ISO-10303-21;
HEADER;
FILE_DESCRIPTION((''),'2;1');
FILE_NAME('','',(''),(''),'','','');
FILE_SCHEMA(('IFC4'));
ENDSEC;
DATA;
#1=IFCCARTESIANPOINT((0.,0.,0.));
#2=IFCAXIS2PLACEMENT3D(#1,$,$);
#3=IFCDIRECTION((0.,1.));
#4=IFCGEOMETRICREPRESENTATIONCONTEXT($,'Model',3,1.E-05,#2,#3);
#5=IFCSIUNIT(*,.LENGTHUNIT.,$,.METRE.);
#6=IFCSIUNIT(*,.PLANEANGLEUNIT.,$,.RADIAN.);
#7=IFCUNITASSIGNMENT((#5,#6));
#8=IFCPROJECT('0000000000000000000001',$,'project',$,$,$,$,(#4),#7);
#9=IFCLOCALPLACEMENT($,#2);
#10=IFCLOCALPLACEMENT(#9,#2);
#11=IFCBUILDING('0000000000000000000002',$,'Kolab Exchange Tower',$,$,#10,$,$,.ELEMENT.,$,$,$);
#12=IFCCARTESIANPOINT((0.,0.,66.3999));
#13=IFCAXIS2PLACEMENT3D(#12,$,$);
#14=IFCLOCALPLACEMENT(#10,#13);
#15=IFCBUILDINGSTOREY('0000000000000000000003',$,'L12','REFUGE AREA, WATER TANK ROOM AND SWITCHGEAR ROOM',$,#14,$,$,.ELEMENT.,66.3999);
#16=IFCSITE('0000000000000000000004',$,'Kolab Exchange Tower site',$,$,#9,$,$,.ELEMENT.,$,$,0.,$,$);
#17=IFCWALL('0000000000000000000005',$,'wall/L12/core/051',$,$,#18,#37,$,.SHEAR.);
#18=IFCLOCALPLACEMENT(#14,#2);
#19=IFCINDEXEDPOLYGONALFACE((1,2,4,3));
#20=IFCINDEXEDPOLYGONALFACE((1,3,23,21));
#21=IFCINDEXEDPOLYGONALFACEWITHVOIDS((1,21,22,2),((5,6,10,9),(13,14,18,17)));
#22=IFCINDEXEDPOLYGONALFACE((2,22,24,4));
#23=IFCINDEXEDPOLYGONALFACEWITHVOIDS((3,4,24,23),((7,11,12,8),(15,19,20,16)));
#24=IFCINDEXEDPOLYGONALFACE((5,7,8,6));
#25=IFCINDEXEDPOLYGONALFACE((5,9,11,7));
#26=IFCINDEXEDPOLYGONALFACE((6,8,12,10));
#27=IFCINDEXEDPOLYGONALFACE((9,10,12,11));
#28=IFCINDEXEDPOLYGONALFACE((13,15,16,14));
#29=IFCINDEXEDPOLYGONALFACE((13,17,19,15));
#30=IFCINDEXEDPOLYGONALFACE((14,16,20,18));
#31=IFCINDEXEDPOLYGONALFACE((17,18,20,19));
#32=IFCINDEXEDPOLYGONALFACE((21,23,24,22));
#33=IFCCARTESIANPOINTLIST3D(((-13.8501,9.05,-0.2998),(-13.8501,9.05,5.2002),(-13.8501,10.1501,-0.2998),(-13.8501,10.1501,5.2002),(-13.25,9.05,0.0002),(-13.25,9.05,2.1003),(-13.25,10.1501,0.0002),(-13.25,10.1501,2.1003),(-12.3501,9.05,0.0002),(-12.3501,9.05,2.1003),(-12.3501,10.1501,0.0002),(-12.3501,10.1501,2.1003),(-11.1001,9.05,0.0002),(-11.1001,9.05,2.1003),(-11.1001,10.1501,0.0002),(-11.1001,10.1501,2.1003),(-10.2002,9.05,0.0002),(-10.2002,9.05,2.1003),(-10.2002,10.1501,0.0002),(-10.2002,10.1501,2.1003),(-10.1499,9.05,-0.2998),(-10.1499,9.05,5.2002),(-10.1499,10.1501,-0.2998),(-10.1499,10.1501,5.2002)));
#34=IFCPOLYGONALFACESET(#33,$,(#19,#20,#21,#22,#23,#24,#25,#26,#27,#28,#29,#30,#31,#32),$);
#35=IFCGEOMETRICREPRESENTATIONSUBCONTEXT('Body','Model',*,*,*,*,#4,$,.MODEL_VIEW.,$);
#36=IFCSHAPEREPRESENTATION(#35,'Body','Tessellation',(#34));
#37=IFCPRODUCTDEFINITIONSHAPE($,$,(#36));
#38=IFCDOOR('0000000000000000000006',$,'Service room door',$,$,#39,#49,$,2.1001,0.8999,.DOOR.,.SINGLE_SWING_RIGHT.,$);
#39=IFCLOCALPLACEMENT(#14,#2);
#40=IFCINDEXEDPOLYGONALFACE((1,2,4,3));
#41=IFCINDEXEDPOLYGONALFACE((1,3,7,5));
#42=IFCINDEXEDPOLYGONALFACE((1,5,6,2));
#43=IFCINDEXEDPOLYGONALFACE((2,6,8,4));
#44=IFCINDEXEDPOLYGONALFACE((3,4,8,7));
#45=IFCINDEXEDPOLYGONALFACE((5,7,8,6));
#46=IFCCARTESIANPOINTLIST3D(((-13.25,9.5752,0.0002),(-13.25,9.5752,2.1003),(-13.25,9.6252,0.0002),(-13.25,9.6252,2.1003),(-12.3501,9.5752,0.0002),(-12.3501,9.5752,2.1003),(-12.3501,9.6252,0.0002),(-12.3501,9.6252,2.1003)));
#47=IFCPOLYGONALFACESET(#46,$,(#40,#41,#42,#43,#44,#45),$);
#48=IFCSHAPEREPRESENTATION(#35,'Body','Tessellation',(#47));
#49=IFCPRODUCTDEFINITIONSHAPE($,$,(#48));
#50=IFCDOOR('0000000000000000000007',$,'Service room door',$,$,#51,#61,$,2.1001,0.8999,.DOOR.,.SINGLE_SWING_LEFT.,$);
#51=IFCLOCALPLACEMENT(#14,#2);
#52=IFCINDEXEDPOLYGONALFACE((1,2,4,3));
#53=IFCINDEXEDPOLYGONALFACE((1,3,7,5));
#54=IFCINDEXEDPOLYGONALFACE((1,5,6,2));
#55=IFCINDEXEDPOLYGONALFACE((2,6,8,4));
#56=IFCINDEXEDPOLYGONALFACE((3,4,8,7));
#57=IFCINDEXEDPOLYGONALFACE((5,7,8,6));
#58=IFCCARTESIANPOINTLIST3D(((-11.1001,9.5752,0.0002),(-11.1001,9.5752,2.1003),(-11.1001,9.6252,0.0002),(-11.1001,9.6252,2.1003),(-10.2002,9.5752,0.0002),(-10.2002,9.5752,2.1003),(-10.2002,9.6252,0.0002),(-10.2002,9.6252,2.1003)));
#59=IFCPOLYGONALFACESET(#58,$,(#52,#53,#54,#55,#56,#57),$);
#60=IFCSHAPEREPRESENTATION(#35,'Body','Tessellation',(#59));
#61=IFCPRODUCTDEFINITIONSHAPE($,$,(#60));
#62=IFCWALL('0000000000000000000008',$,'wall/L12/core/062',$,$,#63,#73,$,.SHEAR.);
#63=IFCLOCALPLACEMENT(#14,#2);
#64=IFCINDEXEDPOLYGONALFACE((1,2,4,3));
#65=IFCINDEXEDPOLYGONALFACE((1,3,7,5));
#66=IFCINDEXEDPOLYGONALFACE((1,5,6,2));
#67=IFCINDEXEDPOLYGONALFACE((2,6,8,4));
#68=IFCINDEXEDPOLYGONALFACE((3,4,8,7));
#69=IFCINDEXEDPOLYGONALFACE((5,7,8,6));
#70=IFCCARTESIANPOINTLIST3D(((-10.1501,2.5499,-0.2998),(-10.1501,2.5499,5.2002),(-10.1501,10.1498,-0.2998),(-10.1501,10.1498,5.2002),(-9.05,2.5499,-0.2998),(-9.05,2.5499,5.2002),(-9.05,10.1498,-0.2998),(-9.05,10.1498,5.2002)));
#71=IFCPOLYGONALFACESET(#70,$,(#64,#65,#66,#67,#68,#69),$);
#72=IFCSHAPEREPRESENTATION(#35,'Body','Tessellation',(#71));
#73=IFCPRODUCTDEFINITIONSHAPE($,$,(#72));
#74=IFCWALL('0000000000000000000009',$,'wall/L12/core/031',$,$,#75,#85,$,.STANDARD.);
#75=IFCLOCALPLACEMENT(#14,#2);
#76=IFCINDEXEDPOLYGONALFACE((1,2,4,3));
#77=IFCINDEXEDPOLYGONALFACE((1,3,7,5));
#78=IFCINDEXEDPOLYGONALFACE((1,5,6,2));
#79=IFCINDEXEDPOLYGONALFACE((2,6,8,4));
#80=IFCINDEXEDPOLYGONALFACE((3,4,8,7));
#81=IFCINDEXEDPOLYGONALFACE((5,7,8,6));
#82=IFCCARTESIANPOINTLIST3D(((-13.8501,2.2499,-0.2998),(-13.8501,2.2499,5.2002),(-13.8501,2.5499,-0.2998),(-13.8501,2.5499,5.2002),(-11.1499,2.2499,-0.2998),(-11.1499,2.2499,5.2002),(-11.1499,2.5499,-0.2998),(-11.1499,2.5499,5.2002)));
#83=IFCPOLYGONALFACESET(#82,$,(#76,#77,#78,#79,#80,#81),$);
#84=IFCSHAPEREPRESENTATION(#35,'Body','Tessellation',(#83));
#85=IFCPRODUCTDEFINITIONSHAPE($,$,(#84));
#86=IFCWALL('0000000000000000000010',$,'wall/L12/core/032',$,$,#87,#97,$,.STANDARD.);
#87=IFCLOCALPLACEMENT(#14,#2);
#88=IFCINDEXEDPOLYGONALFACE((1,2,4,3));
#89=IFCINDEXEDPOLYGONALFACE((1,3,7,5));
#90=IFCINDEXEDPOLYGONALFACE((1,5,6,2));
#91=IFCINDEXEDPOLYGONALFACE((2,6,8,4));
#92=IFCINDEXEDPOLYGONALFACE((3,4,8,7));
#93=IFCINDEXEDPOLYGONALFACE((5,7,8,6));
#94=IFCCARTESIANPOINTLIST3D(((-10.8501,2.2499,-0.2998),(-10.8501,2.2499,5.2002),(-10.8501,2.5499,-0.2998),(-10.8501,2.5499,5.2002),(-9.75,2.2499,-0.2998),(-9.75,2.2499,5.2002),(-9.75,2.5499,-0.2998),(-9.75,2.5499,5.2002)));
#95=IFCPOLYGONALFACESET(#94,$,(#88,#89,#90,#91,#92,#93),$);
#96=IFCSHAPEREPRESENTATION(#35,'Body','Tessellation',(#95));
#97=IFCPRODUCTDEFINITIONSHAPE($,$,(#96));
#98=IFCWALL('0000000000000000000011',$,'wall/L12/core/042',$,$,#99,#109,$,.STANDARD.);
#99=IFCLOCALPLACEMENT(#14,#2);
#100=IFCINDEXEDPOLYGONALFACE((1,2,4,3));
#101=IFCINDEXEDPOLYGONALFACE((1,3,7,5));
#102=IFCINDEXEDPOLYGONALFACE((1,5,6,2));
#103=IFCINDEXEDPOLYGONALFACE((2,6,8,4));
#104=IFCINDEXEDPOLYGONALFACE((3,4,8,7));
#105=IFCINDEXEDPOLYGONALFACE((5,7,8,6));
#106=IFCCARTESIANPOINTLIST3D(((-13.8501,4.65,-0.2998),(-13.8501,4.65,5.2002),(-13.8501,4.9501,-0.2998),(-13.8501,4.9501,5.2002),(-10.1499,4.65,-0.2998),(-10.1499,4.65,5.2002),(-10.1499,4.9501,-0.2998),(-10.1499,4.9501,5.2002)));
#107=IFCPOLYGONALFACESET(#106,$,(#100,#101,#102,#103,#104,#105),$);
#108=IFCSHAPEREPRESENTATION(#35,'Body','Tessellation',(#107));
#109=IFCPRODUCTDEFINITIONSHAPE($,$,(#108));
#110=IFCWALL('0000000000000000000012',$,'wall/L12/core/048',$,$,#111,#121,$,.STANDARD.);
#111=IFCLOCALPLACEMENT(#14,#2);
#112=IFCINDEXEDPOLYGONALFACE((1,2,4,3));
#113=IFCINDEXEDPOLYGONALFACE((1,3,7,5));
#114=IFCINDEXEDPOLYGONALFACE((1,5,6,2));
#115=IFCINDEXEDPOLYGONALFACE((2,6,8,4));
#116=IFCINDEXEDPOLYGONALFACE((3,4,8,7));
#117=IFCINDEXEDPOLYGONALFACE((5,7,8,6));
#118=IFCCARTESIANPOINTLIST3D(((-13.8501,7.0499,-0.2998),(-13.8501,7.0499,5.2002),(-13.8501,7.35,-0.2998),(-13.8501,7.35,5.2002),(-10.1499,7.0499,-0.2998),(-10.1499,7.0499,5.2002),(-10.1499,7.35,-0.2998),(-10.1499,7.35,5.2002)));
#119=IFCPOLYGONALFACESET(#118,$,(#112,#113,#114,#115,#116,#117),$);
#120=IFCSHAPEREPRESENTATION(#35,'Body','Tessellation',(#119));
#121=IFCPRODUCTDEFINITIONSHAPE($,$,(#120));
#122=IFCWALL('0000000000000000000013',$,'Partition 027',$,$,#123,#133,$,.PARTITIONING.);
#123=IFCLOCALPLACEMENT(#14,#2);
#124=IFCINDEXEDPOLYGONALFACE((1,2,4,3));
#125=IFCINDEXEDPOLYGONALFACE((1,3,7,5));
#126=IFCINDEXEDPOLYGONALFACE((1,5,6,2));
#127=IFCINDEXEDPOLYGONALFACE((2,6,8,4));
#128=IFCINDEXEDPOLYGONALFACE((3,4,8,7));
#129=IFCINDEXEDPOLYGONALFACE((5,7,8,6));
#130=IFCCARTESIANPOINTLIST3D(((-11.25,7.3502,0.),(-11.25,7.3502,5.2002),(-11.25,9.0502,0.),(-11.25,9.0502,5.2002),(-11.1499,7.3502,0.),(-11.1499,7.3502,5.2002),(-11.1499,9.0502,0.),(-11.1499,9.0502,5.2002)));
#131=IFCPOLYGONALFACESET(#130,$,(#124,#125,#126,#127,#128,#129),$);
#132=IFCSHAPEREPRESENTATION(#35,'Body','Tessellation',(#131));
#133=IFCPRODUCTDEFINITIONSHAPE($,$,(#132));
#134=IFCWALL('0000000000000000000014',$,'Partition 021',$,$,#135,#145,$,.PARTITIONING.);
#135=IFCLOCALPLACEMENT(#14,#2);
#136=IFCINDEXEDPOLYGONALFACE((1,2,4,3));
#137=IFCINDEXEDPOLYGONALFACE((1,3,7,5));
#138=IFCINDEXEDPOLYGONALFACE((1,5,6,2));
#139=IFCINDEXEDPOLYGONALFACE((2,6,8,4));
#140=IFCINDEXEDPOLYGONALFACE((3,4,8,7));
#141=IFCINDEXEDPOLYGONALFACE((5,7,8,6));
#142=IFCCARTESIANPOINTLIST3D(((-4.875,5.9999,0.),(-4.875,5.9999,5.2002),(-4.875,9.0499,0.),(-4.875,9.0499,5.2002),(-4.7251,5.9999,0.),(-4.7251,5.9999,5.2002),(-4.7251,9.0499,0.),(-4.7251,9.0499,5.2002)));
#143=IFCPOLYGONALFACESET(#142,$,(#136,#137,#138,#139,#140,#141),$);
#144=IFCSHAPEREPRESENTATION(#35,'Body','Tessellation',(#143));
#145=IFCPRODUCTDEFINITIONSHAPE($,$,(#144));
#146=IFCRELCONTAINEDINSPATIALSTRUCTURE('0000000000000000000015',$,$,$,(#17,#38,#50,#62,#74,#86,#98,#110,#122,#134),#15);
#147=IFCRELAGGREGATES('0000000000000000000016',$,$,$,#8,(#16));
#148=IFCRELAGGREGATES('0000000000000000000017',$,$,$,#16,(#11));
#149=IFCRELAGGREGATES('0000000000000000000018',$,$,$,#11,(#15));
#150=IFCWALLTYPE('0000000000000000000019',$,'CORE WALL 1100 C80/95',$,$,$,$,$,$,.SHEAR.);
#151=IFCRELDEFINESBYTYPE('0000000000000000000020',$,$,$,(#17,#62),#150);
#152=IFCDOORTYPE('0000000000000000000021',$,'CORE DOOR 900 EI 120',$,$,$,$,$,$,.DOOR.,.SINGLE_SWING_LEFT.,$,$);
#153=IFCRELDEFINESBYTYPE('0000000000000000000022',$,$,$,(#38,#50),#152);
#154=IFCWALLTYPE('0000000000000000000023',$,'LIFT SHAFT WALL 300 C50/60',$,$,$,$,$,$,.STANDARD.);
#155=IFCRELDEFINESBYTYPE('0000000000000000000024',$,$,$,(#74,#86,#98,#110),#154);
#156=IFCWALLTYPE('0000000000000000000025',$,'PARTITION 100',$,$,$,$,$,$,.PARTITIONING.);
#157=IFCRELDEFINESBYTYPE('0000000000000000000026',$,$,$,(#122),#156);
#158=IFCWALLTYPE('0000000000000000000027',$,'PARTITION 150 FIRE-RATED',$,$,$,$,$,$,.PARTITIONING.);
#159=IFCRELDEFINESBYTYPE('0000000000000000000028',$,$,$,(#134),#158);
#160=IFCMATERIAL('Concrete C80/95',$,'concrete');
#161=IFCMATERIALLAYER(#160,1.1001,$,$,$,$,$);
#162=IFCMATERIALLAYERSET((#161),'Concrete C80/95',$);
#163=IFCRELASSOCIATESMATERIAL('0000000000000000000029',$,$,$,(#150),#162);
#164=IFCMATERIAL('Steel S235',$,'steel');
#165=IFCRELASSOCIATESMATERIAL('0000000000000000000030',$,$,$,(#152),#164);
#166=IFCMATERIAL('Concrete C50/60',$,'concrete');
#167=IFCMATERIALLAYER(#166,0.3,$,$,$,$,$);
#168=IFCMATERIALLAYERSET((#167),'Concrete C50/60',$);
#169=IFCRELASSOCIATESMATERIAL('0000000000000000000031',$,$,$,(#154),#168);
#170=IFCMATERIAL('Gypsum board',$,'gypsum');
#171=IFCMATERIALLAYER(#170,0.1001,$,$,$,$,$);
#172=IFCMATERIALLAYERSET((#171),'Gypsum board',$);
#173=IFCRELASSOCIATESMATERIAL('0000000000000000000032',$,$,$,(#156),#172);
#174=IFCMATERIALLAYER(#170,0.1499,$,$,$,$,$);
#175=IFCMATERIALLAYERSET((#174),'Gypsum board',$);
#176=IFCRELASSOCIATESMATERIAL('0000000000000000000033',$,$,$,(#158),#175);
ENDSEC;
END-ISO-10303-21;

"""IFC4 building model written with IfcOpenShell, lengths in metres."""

from ifc_helpers import new_model, si_unit, direction, frame, frame_2d, origin, place, context, subcontext, project, spatial, rectangle, extrude, material, layer, layer_set, type_object, element, fill, save


model = new_model("IFC4")

# Units and contexts
model_context = context("Model", 3, precision=1e-05, world=origin(), true_north=direction((0.0, 1.0)))
body_context = subcontext(model_context, "Body", "Model", "MODEL_VIEW")
ifc_project = project(units=[si_unit("LENGTHUNIT", "METRE"), si_unit("PLANEANGLEUNIT", "RADIAN")], contexts=[model_context])

# Site, building, storey
site_placement = place(None, origin())
site = spatial("IfcSite", under=ifc_project, at=site_placement, Name="Kolab Exchange Tower site", CompositionType="ELEMENT", RefElevation=0.0)
building_placement = place(site_placement, origin())
building = spatial("IfcBuilding", under=site, at=building_placement, Name="Kolab Exchange Tower", CompositionType="ELEMENT")
storey_placement = place(building_placement, frame((0.0, 0.0, 66.3999)))
storey = spatial("IfcBuildingStorey", under=building, at=storey_placement, Name="L12", Description="REFUGE AREA, WATER TANK ROOM AND SWITCHGEAR ROOM", CompositionType="ELEMENT", Elevation=66.3999)

# Wall, openings, doors
ifc_material_1 = material(Name="Concrete C80/95", Category="concrete")
ifc_layer_1 = layer(ifc_material_1, 1.1001)
ifc_layer_set_1 = layer_set([ifc_layer_1], Name="Concrete C80/95")
wall_type_1 = type_object("IfcWallType", Name="CORE WALL 1100 C80/95", PredefinedType="SHEAR", material=ifc_layer_set_1)
wall_1_placement = place(storey_placement, frame((-13.8501, 9.6001, -0.2998), z_axis=(0.0, 0.0, 1.0), x_axis=(1.0, 0.0, 0.0)))
wall_1 = element("IfcWall", 1, at=wall_1_placement, inside=storey, type_object=wall_type_1, Name="wall/L12/core/051", PredefinedType="SHEAR", context=body_context, shape_type="SweptSolid", body=[
    extrude(rectangle(XDim=3.7002, YDim=1.1001, at=frame_2d((1.8501, 0.0))), origin(), (0.0, 0.0, 1.0), 5.5),
])
opening_1_placement = place(wall_1_placement, frame((0.6001, 0.0, 0.3)))
opening_1 = element("IfcOpeningElement", 2, at=opening_1_placement, cuts=wall_1, PredefinedType="OPENING", context=body_context, shape_type="SweptSolid", body=[
    extrude(rectangle(XDim=0.8999, YDim=2.1001, at=frame_2d((0.45, 1.05))), frame((0.0, 0.5601, 0.0), z_axis=(0.0, -1.0, 0.0), x_axis=(1.0, 0.0, 0.0)), (0.0, 0.0, 1.0), 1.1201),
])
opening_2_placement = place(wall_1_placement, frame((2.75, 0.0, 0.3)))
opening_2 = element("IfcOpeningElement", 3, at=opening_2_placement, cuts=wall_1, PredefinedType="OPENING", context=body_context, shape_type="SweptSolid", body=[
    extrude(rectangle(XDim=0.8999, YDim=2.1001, at=frame_2d((0.45, 1.05))), frame((0.0, 0.5601, 0.0), z_axis=(0.0, -1.0, 0.0), x_axis=(1.0, 0.0, 0.0)), (0.0, 0.0, 1.0), 1.1201),
])
ifc_material_2 = material(Name="Steel S235", Category="steel")
door_type_1 = type_object("IfcDoorType", Name="CORE DOOR 900 EI 120", OperationType="SINGLE_SWING_LEFT", PredefinedType="DOOR", material=ifc_material_2)
door_1_placement = place(opening_1_placement, frame((0.8999, 0.0, 0.0), z_axis=(0.0, 0.0, 1.0), x_axis=(-1.0, 0.0, 0.0)))
door_1 = element("IfcDoor", 4, at=door_1_placement, inside=storey, type_object=door_type_1, Name="Service room door", OperationType="SINGLE_SWING_RIGHT", OverallHeight=2.1001, OverallWidth=0.8999, PredefinedType="DOOR", context=body_context, shape_type="SweptSolid", body=[
    extrude(rectangle(XDim=0.8999, YDim=2.1001, at=frame_2d((0.45, 1.05))), frame((0.0, 0.0249, 0.0), z_axis=(0.0, -1.0, 0.0), x_axis=(1.0, 0.0, 0.0)), (0.0, 0.0, 1.0), 0.05),
])
fill(opening_1, door_1)
door_2_placement = place(opening_2_placement, frame((0.8999, 0.0, 0.0), z_axis=(0.0, 0.0, 1.0), x_axis=(-1.0, 0.0, 0.0)))
door_2 = element("IfcDoor", 5, at=door_2_placement, inside=storey, type_object=door_type_1, Name="Service room door", OperationType="SINGLE_SWING_LEFT", OverallHeight=2.1001, OverallWidth=0.8999, PredefinedType="DOOR", context=body_context, shape_type="SweptSolid", body=[
    extrude(rectangle(XDim=0.8999, YDim=2.1001, at=frame_2d((0.45, 1.05))), frame((0.0, 0.0249, 0.0), z_axis=(0.0, -1.0, 0.0), x_axis=(1.0, 0.0, 0.0)), (0.0, 0.0, 1.0), 0.05),
])
fill(opening_2, door_2)

# Walls
wall_2_placement = place(storey_placement, frame((-9.6001, 2.55, -0.2998), z_axis=(0.0, 0.0, 1.0), x_axis=(0.0, 1.0, 0.0)))
element("IfcWall", 6, at=wall_2_placement, inside=storey, type_object=wall_type_1, Name="wall/L12/core/062", PredefinedType="SHEAR", context=body_context, shape_type="SweptSolid", body=[
    extrude(rectangle(XDim=7.5999, YDim=1.1001, at=frame_2d((3.7998, 0.0))), origin(), (0.0, 0.0, 1.0), 5.5),
])
ifc_material_3 = material(Name="Concrete C50/60", Category="concrete")
ifc_layer_2 = layer(ifc_material_3, 0.3)
ifc_layer_set_2 = layer_set([ifc_layer_2], Name="Concrete C50/60")
wall_type_2 = type_object("IfcWallType", Name="LIFT SHAFT WALL 300 C50/60", PredefinedType="STANDARD", material=ifc_layer_set_2)
wall_3_placement = place(storey_placement, frame((-13.8501, 2.3999, -0.2998), z_axis=(0.0, 0.0, 1.0), x_axis=(1.0, 0.0, 0.0)))
element("IfcWall", 7, at=wall_3_placement, inside=storey, type_object=wall_type_2, Name="wall/L12/core/031", PredefinedType="STANDARD", context=body_context, shape_type="SweptSolid", body=[
    extrude(rectangle(XDim=2.7002, YDim=0.3, at=frame_2d((1.3501, 0.0))), origin(), (0.0, 0.0, 1.0), 5.5),
])
wall_4_placement = place(storey_placement, frame((-10.8501, 2.3999, -0.2998), z_axis=(0.0, 0.0, 1.0), x_axis=(1.0, 0.0, 0.0)))
element("IfcWall", 8, at=wall_4_placement, inside=storey, type_object=wall_type_2, Name="wall/L12/core/032", PredefinedType="STANDARD", context=body_context, shape_type="SweptSolid", body=[
    extrude(rectangle(XDim=1.1001, YDim=0.3, at=frame_2d((0.55, 0.0))), origin(), (0.0, 0.0, 1.0), 5.5),
])
for number, where, z_axis, x_axis, name in (
    (9, (-13.8501, 4.8, -0.2998), (0.0, 0.0, 1.0), (1.0, 0.0, 0.0), "wall/L12/core/042"),
    (10, (-13.8501, 7.2, -0.2998), (0.0, 0.0, 1.0), (1.0, 0.0, 0.0), "wall/L12/core/048"),
):
    element("IfcWall", number, at=place(storey_placement, frame(where, z_axis=z_axis, x_axis=x_axis)), inside=storey, type_object=wall_type_2, Name=name, PredefinedType="STANDARD", context=body_context, shape_type="SweptSolid", body=[
        extrude(rectangle(XDim=3.7002, YDim=0.3, at=frame_2d((1.8501, 0.0))), origin(), (0.0, 0.0, 1.0), 5.5),
    ])
ifc_material_4 = material(Name="Gypsum board", Category="gypsum")
ifc_layer_3 = layer(ifc_material_4, 0.1001)
ifc_layer_set_3 = layer_set([ifc_layer_3], Name="Gypsum board")
wall_type_3 = type_object("IfcWallType", Name="PARTITION 100", PredefinedType="PARTITIONING", material=ifc_layer_set_3)
wall_5_placement = place(storey_placement, frame((-11.2, 7.3501, 0.0), z_axis=(0.0, 0.0, 1.0), x_axis=(0.0, 1.0, 0.0)))
element("IfcWall", 11, at=wall_5_placement, inside=storey, type_object=wall_type_3, Name="Partition 027", PredefinedType="PARTITIONING", context=body_context, shape_type="SweptSolid", body=[
    extrude(rectangle(XDim=1.7, YDim=0.1001, at=frame_2d((0.8501, 0.0))), origin(), (0.0, 0.0, 1.0), 5.2002),
])
ifc_layer_4 = layer(ifc_material_4, 0.1499)
ifc_layer_set_4 = layer_set([ifc_layer_4], Name="Gypsum board")
wall_type_4 = type_object("IfcWallType", Name="PARTITION 150 FIRE-RATED", PredefinedType="PARTITIONING", material=ifc_layer_set_4)
wall_6_placement = place(storey_placement, frame((-4.8, 6.0, 0.0), z_axis=(0.0, 0.0, 1.0), x_axis=(0.0, 1.0, 0.0)))
element("IfcWall", 12, at=wall_6_placement, inside=storey, type_object=wall_type_4, Name="Partition 021", PredefinedType="PARTITIONING", context=body_context, shape_type="SweptSolid", body=[
    extrude(rectangle(XDim=3.05, YDim=0.1499, at=frame_2d((1.5249, 0.0))), origin(), (0.0, 0.0, 1.0), 5.2002),
])

save(model, "model.ifc")
